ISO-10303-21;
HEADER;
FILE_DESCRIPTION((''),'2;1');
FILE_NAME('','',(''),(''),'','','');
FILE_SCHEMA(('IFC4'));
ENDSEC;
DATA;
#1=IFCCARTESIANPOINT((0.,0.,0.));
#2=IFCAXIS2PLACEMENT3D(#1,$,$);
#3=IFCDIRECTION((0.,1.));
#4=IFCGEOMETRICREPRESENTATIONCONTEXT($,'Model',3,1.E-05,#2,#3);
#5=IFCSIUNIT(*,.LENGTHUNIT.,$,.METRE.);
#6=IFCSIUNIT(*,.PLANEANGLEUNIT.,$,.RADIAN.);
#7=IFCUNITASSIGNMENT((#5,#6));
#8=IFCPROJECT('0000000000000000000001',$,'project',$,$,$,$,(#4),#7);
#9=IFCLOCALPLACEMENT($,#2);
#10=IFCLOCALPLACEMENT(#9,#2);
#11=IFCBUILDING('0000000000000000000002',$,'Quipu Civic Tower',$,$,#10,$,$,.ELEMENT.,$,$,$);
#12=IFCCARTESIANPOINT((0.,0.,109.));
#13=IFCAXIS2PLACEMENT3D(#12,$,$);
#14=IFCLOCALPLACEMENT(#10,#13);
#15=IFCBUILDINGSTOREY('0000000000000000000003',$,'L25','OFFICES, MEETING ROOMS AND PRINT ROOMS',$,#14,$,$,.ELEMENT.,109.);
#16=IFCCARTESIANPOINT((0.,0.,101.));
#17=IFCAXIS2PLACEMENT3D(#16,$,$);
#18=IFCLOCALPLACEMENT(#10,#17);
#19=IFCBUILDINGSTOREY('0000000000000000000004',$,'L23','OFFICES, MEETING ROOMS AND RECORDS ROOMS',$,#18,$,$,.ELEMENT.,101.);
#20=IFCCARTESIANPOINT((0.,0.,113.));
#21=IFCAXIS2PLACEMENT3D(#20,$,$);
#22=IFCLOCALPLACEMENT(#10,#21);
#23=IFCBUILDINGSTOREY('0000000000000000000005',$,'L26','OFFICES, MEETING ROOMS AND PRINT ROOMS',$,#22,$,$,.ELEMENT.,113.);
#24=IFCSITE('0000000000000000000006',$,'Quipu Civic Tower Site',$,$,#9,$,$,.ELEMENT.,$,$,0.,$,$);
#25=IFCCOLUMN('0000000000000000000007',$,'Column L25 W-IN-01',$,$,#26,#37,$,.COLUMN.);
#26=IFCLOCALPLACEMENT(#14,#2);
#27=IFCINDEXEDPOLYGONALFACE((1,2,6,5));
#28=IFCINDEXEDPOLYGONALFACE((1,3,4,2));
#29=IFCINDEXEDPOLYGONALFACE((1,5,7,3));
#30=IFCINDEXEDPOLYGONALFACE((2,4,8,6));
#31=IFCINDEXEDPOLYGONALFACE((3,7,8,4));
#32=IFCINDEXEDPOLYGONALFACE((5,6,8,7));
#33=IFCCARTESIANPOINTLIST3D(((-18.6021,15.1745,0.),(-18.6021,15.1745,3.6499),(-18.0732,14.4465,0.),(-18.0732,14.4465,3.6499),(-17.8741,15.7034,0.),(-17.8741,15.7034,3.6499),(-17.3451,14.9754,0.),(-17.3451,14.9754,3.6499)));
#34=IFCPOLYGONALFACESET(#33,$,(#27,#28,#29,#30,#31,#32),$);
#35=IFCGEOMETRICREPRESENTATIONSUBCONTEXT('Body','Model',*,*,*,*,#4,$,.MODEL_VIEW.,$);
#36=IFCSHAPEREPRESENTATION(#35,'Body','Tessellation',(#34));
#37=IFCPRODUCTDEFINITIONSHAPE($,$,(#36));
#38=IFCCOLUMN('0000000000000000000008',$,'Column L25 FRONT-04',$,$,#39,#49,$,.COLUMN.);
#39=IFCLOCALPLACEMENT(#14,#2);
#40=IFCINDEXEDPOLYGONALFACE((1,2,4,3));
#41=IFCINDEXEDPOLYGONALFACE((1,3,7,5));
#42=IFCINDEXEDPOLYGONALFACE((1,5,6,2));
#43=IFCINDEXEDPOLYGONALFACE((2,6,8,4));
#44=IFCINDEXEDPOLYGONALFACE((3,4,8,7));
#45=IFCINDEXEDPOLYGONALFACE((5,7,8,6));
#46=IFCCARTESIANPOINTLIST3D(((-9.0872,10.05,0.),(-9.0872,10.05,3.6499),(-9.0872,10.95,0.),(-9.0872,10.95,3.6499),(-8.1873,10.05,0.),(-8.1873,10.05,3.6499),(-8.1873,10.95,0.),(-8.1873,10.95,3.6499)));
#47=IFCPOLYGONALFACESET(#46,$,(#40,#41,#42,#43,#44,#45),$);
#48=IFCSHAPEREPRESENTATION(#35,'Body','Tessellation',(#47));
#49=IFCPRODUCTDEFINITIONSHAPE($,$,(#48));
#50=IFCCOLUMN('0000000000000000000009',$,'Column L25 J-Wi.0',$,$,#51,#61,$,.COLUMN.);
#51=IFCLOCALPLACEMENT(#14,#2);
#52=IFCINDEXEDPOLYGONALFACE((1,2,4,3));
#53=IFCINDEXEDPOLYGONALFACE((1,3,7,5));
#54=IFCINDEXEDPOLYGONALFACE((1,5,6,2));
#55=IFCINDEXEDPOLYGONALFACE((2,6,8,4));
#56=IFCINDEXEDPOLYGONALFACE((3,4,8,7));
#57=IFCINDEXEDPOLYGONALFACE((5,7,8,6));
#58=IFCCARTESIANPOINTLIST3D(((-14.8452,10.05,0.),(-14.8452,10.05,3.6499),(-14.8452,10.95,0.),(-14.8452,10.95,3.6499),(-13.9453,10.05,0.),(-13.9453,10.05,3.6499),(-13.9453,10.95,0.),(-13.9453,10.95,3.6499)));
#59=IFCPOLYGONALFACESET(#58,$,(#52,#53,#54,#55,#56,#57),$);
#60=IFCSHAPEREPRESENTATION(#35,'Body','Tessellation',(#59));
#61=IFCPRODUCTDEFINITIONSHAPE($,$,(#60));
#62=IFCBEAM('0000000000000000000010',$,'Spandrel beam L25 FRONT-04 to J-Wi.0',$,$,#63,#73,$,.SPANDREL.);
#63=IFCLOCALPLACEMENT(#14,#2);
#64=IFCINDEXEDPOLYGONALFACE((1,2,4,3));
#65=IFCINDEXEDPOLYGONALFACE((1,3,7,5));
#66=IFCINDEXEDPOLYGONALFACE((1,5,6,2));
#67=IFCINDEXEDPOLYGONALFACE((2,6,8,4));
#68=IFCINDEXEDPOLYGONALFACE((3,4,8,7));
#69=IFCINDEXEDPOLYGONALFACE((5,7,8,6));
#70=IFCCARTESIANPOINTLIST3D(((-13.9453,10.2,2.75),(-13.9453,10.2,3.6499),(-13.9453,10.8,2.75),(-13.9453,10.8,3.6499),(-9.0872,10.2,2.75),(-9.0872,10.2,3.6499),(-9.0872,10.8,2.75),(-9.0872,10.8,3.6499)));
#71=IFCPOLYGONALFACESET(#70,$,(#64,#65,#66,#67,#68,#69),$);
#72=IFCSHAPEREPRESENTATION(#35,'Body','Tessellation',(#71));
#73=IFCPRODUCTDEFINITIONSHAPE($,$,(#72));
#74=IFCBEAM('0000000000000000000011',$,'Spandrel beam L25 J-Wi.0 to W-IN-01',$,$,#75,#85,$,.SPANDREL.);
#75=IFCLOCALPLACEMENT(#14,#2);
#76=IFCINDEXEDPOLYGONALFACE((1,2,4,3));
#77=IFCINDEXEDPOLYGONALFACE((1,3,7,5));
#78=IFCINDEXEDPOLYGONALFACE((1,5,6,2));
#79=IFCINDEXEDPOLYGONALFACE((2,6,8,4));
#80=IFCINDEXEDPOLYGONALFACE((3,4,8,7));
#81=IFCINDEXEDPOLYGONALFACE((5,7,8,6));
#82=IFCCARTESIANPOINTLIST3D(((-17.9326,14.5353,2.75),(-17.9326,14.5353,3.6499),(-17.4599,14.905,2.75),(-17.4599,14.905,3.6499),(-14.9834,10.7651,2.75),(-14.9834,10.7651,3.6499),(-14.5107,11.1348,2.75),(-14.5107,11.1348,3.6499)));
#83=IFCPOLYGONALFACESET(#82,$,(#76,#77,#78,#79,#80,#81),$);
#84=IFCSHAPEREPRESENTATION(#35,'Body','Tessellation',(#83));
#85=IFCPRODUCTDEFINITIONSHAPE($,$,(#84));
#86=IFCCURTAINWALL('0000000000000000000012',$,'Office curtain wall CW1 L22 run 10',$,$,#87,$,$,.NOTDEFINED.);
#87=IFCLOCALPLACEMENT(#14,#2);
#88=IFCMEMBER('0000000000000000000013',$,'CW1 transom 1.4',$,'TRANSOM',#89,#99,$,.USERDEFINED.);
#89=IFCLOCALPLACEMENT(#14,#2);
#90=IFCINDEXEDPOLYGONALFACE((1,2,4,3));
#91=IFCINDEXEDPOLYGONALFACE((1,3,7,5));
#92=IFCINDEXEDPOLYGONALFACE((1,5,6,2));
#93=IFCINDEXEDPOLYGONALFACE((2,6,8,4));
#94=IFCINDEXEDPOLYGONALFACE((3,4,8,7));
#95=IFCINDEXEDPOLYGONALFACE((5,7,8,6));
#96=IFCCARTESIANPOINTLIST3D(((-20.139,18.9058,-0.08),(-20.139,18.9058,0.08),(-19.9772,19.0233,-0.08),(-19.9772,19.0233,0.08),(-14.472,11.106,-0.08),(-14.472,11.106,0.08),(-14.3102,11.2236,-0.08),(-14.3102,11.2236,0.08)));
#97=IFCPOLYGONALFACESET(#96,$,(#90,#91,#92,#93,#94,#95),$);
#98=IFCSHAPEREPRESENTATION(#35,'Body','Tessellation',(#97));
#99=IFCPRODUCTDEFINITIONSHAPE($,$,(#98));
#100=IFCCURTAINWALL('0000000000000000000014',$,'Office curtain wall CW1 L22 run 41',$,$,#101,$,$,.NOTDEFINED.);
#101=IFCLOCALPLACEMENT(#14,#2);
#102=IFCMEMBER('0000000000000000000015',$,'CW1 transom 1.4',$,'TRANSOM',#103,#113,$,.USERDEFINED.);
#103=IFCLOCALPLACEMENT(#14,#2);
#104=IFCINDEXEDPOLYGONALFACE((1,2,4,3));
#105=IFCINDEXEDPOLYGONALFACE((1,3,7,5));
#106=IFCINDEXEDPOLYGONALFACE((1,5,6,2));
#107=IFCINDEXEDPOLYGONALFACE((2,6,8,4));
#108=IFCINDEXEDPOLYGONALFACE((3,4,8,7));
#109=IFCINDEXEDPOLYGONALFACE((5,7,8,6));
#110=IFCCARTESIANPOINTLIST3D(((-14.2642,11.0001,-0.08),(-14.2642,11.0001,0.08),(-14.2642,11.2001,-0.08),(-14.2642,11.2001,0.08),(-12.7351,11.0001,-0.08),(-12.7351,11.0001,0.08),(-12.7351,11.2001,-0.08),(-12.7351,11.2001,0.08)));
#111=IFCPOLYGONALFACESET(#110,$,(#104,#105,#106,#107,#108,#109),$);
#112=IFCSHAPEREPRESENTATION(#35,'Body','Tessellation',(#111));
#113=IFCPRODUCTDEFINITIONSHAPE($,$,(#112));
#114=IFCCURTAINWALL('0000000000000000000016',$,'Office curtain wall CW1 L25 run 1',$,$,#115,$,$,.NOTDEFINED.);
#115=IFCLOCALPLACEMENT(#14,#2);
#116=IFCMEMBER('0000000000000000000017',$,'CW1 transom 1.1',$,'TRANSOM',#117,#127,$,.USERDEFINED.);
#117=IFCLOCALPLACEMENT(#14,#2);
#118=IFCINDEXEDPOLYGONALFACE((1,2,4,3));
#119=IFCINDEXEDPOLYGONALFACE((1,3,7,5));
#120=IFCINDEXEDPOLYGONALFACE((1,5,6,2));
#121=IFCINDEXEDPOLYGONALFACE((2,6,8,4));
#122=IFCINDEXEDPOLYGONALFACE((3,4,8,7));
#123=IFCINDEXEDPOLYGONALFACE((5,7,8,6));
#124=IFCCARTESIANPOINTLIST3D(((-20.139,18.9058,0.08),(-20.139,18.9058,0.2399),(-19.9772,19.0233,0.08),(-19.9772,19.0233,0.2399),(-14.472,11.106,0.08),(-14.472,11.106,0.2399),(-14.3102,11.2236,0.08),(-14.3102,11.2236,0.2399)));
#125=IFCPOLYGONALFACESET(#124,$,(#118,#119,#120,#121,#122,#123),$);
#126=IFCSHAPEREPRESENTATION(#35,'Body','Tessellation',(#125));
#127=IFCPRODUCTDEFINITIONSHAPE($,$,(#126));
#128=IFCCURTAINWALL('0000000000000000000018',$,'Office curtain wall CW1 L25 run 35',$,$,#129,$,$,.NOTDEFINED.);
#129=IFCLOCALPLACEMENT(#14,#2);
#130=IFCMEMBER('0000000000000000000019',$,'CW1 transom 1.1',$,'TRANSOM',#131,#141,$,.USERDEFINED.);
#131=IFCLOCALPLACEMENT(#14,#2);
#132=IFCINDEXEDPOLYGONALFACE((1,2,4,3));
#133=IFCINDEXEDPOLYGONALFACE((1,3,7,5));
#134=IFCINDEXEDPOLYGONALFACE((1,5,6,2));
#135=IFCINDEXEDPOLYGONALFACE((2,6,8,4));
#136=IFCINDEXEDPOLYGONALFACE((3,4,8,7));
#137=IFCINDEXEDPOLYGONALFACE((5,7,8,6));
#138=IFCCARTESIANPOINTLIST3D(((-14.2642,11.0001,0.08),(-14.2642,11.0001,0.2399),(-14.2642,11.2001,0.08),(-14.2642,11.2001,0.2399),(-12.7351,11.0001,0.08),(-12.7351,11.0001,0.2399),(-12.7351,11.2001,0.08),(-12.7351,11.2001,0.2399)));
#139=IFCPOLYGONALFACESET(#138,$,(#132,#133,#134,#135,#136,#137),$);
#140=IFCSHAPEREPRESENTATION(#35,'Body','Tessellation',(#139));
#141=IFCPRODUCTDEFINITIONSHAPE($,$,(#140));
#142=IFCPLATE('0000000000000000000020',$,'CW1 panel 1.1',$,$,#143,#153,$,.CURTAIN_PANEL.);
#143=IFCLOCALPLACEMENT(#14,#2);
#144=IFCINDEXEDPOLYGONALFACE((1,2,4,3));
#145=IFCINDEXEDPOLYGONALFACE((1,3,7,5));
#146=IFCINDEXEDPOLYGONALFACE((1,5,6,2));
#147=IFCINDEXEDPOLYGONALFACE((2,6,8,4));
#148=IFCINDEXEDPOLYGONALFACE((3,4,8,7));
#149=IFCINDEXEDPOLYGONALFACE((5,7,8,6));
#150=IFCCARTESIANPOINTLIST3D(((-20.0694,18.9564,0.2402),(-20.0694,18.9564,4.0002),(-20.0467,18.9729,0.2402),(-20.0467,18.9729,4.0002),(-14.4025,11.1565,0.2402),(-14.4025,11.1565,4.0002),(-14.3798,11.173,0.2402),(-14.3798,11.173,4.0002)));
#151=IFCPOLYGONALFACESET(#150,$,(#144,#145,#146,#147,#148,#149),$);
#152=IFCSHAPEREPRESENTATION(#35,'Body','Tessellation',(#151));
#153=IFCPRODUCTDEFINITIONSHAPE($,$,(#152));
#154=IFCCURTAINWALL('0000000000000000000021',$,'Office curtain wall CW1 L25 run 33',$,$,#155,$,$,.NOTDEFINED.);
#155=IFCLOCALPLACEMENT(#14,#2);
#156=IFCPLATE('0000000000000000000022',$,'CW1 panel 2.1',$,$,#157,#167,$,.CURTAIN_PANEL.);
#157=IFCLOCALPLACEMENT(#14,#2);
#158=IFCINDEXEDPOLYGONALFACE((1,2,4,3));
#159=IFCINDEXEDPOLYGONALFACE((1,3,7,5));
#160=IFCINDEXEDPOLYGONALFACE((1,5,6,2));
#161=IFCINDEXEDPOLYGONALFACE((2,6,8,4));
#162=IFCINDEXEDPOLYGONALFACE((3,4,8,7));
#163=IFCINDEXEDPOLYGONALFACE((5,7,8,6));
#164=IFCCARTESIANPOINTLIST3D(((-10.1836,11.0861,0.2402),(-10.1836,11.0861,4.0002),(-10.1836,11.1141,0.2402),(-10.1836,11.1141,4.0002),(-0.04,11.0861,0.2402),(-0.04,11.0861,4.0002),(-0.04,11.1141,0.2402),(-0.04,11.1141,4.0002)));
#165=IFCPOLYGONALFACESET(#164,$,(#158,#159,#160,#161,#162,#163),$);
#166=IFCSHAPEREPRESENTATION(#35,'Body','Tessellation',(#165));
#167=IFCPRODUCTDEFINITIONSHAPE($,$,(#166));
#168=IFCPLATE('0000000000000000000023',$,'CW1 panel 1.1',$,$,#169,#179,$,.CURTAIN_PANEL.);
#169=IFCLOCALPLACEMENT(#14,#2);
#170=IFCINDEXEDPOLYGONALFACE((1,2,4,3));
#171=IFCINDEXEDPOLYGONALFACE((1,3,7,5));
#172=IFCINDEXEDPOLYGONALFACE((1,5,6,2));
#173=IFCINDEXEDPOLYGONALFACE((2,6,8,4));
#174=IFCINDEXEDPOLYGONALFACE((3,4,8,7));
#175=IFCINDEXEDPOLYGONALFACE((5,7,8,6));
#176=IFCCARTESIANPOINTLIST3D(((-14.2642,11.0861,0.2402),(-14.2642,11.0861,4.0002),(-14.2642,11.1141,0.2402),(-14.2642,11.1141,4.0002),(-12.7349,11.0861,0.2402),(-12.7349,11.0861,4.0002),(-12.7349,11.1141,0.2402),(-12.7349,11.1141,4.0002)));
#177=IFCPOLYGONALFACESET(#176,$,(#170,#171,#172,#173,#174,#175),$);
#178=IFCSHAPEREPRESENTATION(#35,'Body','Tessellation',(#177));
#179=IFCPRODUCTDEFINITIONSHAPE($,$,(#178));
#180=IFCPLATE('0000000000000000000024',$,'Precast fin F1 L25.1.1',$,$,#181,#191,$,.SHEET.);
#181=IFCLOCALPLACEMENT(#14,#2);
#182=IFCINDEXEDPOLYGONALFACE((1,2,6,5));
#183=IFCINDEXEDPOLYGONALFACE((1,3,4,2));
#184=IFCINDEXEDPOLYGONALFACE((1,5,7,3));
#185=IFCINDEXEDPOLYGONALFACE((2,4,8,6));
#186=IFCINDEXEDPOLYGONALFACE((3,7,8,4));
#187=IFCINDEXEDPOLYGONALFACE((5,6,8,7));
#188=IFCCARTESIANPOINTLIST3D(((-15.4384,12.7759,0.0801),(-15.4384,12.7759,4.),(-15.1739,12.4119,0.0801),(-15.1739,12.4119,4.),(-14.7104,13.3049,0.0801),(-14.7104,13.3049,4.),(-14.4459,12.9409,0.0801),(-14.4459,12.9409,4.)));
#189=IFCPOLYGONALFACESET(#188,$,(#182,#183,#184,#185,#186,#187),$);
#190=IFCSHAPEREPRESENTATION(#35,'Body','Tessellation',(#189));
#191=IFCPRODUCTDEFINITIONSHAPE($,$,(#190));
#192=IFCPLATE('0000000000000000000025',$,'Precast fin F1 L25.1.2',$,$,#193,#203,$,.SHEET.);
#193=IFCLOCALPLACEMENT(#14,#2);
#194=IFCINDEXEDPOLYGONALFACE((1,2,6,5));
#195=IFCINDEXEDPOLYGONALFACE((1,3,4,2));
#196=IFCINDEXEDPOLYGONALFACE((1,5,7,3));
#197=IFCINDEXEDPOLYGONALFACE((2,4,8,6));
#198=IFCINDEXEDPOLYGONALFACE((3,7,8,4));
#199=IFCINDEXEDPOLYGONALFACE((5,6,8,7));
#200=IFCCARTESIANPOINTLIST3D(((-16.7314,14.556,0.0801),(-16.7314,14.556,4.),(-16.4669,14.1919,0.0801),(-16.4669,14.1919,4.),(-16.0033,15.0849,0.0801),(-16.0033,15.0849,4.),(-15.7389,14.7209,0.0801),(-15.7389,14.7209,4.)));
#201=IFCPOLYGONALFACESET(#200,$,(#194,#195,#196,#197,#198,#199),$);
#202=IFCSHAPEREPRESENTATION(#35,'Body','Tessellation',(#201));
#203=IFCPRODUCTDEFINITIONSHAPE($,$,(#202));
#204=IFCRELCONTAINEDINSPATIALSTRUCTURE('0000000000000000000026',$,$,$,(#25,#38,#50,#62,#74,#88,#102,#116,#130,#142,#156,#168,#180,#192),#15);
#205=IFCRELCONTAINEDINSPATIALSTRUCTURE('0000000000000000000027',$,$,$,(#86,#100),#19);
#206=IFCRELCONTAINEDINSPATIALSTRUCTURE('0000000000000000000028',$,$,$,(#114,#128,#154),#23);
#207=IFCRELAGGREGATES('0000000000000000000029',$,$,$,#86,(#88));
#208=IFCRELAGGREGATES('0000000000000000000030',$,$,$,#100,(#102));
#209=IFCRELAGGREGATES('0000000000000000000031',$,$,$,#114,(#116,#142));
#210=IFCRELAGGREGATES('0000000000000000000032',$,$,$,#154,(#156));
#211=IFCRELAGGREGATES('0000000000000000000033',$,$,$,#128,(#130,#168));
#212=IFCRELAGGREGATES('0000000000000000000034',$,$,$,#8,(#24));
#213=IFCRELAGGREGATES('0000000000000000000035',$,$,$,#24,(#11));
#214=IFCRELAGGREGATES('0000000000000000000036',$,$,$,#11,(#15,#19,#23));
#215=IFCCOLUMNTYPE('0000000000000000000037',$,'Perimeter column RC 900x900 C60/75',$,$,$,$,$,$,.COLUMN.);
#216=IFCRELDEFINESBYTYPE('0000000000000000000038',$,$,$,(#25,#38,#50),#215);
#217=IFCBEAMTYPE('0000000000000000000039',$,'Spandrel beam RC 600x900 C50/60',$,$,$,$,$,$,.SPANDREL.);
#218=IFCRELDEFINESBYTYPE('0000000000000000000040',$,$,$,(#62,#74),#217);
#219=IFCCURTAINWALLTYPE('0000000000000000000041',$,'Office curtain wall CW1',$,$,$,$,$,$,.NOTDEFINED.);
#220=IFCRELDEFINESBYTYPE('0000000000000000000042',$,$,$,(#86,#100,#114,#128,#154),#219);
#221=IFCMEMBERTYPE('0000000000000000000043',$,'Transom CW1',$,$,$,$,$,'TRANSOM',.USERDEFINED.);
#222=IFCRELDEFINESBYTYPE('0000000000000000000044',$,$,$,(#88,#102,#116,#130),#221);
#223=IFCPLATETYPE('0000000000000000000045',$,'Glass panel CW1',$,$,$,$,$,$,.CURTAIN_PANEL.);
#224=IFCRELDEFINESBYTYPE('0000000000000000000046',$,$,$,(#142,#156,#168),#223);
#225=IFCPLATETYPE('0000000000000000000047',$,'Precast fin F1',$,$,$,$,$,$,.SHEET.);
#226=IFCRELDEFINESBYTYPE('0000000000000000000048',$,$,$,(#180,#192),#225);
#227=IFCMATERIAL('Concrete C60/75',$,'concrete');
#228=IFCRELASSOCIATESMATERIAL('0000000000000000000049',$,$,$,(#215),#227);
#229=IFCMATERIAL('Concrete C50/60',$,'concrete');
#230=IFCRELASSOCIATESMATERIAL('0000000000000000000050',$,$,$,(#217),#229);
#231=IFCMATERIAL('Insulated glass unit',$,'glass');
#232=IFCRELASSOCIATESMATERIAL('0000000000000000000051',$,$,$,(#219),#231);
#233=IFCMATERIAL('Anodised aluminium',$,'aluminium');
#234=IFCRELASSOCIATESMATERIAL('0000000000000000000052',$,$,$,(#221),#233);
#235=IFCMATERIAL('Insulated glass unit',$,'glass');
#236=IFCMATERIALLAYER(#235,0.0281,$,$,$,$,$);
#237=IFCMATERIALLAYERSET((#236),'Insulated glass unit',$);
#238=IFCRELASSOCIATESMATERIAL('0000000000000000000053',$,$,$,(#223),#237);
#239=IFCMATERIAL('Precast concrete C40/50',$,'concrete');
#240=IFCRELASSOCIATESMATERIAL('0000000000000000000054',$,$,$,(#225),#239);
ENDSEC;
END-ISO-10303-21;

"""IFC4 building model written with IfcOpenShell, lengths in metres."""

from ifc_helpers import new_model, si_unit, direction, frame, origin, origin_2d, place, context, subcontext, project, spatial, rectangle, extrude, material, layer, layer_set, material_profile, profile_set, type_object, element, aggregate, save


model = new_model("IFC4")

# Units and contexts
model_context = context("Model", 3, precision=1e-05, world=origin(), true_north=direction((0.0, 1.0)))
body_context = subcontext(model_context, "Body", "Model", "MODEL_VIEW")
ifc_project = project(units=[si_unit("LENGTHUNIT", "METRE"), si_unit("PLANEANGLEUNIT", "RADIAN")], contexts=[model_context])

# Site, building, storey
site_placement = place(None, origin())
site = spatial("IfcSite", under=ifc_project, at=site_placement, Name="Quipu Civic Tower Site", CompositionType="ELEMENT", RefElevation=0.0)
building_placement = place(site_placement, origin())
building = spatial("IfcBuilding", under=site, at=building_placement, Name="Quipu Civic Tower", CompositionType="ELEMENT")
storey_1_placement = place(building_placement, frame((0.0, 0.0, 109.0)))
storey_1 = spatial("IfcBuildingStorey", under=building, at=storey_1_placement, Name="L25", Description="OFFICES, MEETING ROOMS AND PRINT ROOMS", CompositionType="ELEMENT", Elevation=109.0)

# Columns
ifc_material_1 = material(Name="Concrete C60/75", Category="concrete")
ifc_material_profile_1 = material_profile(ifc_material_1, rectangle(XDim=0.8999, YDim=0.8999, at=origin_2d()), Name="RC900x900")
ifc_profile_set_1 = profile_set([ifc_material_profile_1], Name="Concrete C60/75")
column_type = type_object("IfcColumnType", Name="Perimeter column RC 900x900 C60/75", PredefinedType="COLUMN", material=ifc_profile_set_1)
for number, where, z_axis, x_axis, name in (
    (1, (-17.9736, 15.075, 0.0), (0.0, 0.0, 1.0), (-0.587785, 0.809017, 0.0), "Column L25 W-IN-01"),
    (2, (-8.6372, 10.5, 0.0), (0.0, 0.0, 1.0), (-1.0, 0.0, 0.0), "Column L25 FRONT-04"),
    (3, (-14.3953, 10.5, 0.0), (0.0, 0.0, 1.0), (-1.0, 0.0, 0.0), "Column L25 J-Wi.0"),
):
    element("IfcColumn", number, at=place(storey_1_placement, frame(where, z_axis=z_axis, x_axis=x_axis)), inside=storey_1, type_object=column_type, Name=name, PredefinedType="COLUMN", context=body_context, shape_type="SweptSolid", body=[
        extrude(rectangle(XDim=0.8999, YDim=0.8999, at=origin_2d()), origin(), (0.0, 0.0, 1.0), 3.6499),
    ])

# Beams
ifc_material_2 = material(Name="Concrete C50/60", Category="concrete")
ifc_material_profile_2 = material_profile(ifc_material_2, rectangle(XDim=0.6001, YDim=0.8999, at=origin_2d()), Name="RC600x900")
ifc_profile_set_2 = profile_set([ifc_material_profile_2], Name="Concrete C50/60")
beam_type = type_object("IfcBeamType", Name="Spandrel beam RC 600x900 C50/60", PredefinedType="SPANDREL", material=ifc_profile_set_2)
beam_1_placement = place(storey_1_placement, frame((-9.0872, 10.5, 3.2), z_axis=(-1.0, 0.0, 0.0), x_axis=(0.0, -1.0, 0.0)))
element("IfcBeam", 4, at=beam_1_placement, inside=storey_1, type_object=beam_type, Name="Spandrel beam L25 FRONT-04 to J-Wi.0", PredefinedType="SPANDREL", context=body_context, shape_type="SweptSolid", body=[
    extrude(rectangle(XDim=0.6001, YDim=0.8999, at=origin_2d()), origin(), (0.0, 0.0, 1.0), 4.8582),
])
beam_2_placement = place(storey_1_placement, frame((-14.7471, 10.95, 3.2), z_axis=(-0.616124, 0.787649, 0.0), x_axis=(-0.787649, -0.616124, 0.0)))
element("IfcBeam", 5, at=beam_2_placement, inside=storey_1, type_object=beam_type, Name="Spandrel beam L25 J-Wi.0 to W-IN-01", PredefinedType="SPANDREL", context=body_context, shape_type="SweptSolid", body=[
    extrude(rectangle(XDim=0.6001, YDim=0.8999, at=origin_2d()), origin(), (0.0, 0.0, 1.0), 4.7866),
])

# Shared definitions
storey_2_placement = place(building_placement, frame((0.0, 0.0, 101.0)))
storey_2 = spatial("IfcBuildingStorey", under=building, at=storey_2_placement, Name="L23", Description="OFFICES, MEETING ROOMS AND RECORDS ROOMS", CompositionType="ELEMENT", Elevation=101.0)

# Curtain walls, members
ifc_material_3 = material(Name="Insulated glass unit", Category="glass")
curtain_wall_type = type_object("IfcCurtainWallType", Name="Office curtain wall CW1", PredefinedType="NOTDEFINED", material=ifc_material_3)
curtain_wall_1_placement = place(storey_2_placement, origin())
curtain_wall_1 = element("IfcCurtainWall", 6, at=curtain_wall_1_placement, inside=storey_2, type_object=curtain_wall_type, Name="Office curtain wall CW1 L22 run 10", PredefinedType="NOTDEFINED")
ifc_material_4 = material(Name="Anodised aluminium", Category="aluminium")
ifc_material_profile_3 = material_profile(ifc_material_4, rectangle(XDim=0.2, YDim=0.1599, at=origin_2d()), Name="RECT 200x160")
ifc_profile_set_3 = profile_set([ifc_material_profile_3], Name="Anodised aluminium")
member_type = type_object("IfcMemberType", Name="Transom CW1", ElementType="TRANSOM", PredefinedType="USERDEFINED", material=ifc_profile_set_3)
member_1_placement = place(storey_1_placement, frame((-14.3911, 11.1648, 0.0), z_axis=(-0.587792, 0.809012, 0.0), x_axis=(-0.809012, -0.587792, 0.0)))
member_1 = element("IfcMember", 7, at=member_1_placement, inside=storey_1, type_object=member_type, Name="CW1 transom 1.4", ObjectType="TRANSOM", PredefinedType="USERDEFINED", context=body_context, shape_type="SweptSolid", body=[
    extrude(rectangle(XDim=0.2, YDim=0.1599, at=origin_2d()), origin(), (0.0, 0.0, 1.0), 9.6411),
])
aggregate(curtain_wall_1, [member_1])
curtain_wall_2_placement = place(storey_2_placement, origin())
curtain_wall_2 = element("IfcCurtainWall", 8, at=curtain_wall_2_placement, inside=storey_2, type_object=curtain_wall_type, Name="Office curtain wall CW1 L22 run 41", PredefinedType="NOTDEFINED")
member_2_placement = place(storey_1_placement, frame((-12.7351, 11.1001, 0.0), z_axis=(-1.0, 0.0, 0.0), x_axis=(0.0, -1.0, 0.0)))
member_2 = element("IfcMember", 9, at=member_2_placement, inside=storey_1, type_object=member_type, Name="CW1 transom 1.4", ObjectType="TRANSOM", PredefinedType="USERDEFINED", context=body_context, shape_type="SweptSolid", body=[
    extrude(rectangle(XDim=0.2, YDim=0.1599, at=origin_2d()), origin(), (0.0, 0.0, 1.0), 1.5291),
])
aggregate(curtain_wall_2, [member_2])

# Shared definitions
storey_3_placement = place(building_placement, frame((0.0, 0.0, 113.0)))
storey_3 = spatial("IfcBuildingStorey", under=building, at=storey_3_placement, Name="L26", Description="OFFICES, MEETING ROOMS AND PRINT ROOMS", CompositionType="ELEMENT", Elevation=113.0)

# Curtain walls, members
curtain_wall_3_placement = place(storey_3_placement, origin())
curtain_wall_3 = element("IfcCurtainWall", 10, at=curtain_wall_3_placement, inside=storey_3, type_object=curtain_wall_type, Name="Office curtain wall CW1 L25 run 1", PredefinedType="NOTDEFINED")
member_3_placement = place(storey_1_placement, frame((-14.3911, 11.1648, 0.1599), z_axis=(-0.587792, 0.809012, 0.0), x_axis=(-0.809012, -0.587792, 0.0)))
member_3 = element("IfcMember", 11, at=member_3_placement, inside=storey_1, type_object=member_type, Name="CW1 transom 1.1", ObjectType="TRANSOM", PredefinedType="USERDEFINED", context=body_context, shape_type="SweptSolid", body=[
    extrude(rectangle(XDim=0.2, YDim=0.1599, at=origin_2d()), origin(), (0.0, 0.0, 1.0), 9.6411),
])
curtain_wall_4_placement = place(storey_3_placement, origin())
curtain_wall_4 = element("IfcCurtainWall", 12, at=curtain_wall_4_placement, inside=storey_3, type_object=curtain_wall_type, Name="Office curtain wall CW1 L25 run 35", PredefinedType="NOTDEFINED")
member_4_placement = place(storey_1_placement, frame((-12.7351, 11.1001, 0.1599), z_axis=(-1.0, 0.0, 0.0), x_axis=(0.0, -1.0, 0.0)))
member_4 = element("IfcMember", 13, at=member_4_placement, inside=storey_1, type_object=member_type, Name="CW1 transom 1.1", ObjectType="TRANSOM", PredefinedType="USERDEFINED", context=body_context, shape_type="SweptSolid", body=[
    extrude(rectangle(XDim=0.2, YDim=0.1599, at=origin_2d()), origin(), (0.0, 0.0, 1.0), 1.5291),
])

# Plate
ifc_material_5 = material(Name="Insulated glass unit", Category="glass")
ifc_layer_1 = layer(ifc_material_5, 0.0281)
ifc_layer_set_1 = layer_set([ifc_layer_1], Name="Insulated glass unit")
plate_type_1 = type_object("IfcPlateType", Name="Glass panel CW1", PredefinedType="CURTAIN_PANEL", material=ifc_layer_set_1)
plate_1_placement = place(storey_1_placement, frame((-17.2246, 15.0647, 0.2402), z_axis=(0.0, 0.0, 1.0), x_axis=(-0.587786, 0.809017, 0.0)))
plate_1 = element("IfcPlate", 14, at=plate_1_placement, inside=storey_1, type_object=plate_type_1, Name="CW1 panel 1.1", PredefinedType="CURTAIN_PANEL", context=body_context, shape_type="SweptSolid", body=[
    extrude(rectangle(XDim=9.6411, YDim=0.0281, at=origin_2d()), origin(), (0.0, 0.0, 1.0), 3.76),
])
aggregate(curtain_wall_3, [member_3, plate_1])

# Curtain wall, plate
curtain_wall_5_placement = place(storey_3_placement, origin())
curtain_wall_5 = element("IfcCurtainWall", 15, at=curtain_wall_5_placement, inside=storey_3, type_object=curtain_wall_type, Name="Office curtain wall CW1 L25 run 33", PredefinedType="NOTDEFINED")
plate_2_placement = place(storey_1_placement, frame((-5.1118, 11.1001, 0.2402), z_axis=(0.0, 0.0, 1.0), x_axis=(-1.0, 0.0, 0.0)))
plate_2 = element("IfcPlate", 16, at=plate_2_placement, inside=storey_1, type_object=plate_type_1, Name="CW1 panel 2.1", PredefinedType="CURTAIN_PANEL", context=body_context, shape_type="SweptSolid", body=[
    extrude(rectangle(XDim=10.1436, YDim=0.0281, at=origin_2d()), origin(), (0.0, 0.0, 1.0), 3.76),
])
aggregate(curtain_wall_5, [plate_2])

# Plate
plate_3_placement = place(storey_1_placement, frame((-13.4995, 11.1001, 0.2402), z_axis=(0.0, 0.0, 1.0), x_axis=(-1.0, 0.0, 0.0)))
plate_3 = element("IfcPlate", 17, at=plate_3_placement, inside=storey_1, type_object=plate_type_1, Name="CW1 panel 1.1", PredefinedType="CURTAIN_PANEL", context=body_context, shape_type="SweptSolid", body=[
    extrude(rectangle(XDim=1.5293, YDim=0.0281, at=origin_2d()), origin(), (0.0, 0.0, 1.0), 3.76),
])
aggregate(curtain_wall_4, [member_4, plate_3])

# Plates
ifc_material_6 = material(Name="Precast concrete C40/50", Category="concrete")
plate_type_2 = type_object("IfcPlateType", Name="Precast fin F1", PredefinedType="SHEET", material=ifc_material_6)
for number, where, z_axis, x_axis, name in (
    (18, (-14.9421, 12.8584, 0.0801), (0.0, 0.0, 1.0), (-0.587785, 0.809017, 0.0), "Precast fin F1 L25.1.1"),
    (19, (-16.2351, 14.6384, 0.0801), (0.0, 0.0, 1.0), (-0.587785, 0.809017, 0.0), "Precast fin F1 L25.1.2"),
):
    element("IfcPlate", number, at=place(storey_1_placement, frame(where, z_axis=z_axis, x_axis=x_axis)), inside=storey_1, type_object=plate_type_2, Name=name, PredefinedType="SHEET", context=body_context, shape_type="SweptSolid", body=[
        extrude(rectangle(XDim=0.45, YDim=0.8999, at=origin_2d()), origin(), (0.0, 0.0, 1.0), 3.9199),
    ])

save(model, "model.ifc")
